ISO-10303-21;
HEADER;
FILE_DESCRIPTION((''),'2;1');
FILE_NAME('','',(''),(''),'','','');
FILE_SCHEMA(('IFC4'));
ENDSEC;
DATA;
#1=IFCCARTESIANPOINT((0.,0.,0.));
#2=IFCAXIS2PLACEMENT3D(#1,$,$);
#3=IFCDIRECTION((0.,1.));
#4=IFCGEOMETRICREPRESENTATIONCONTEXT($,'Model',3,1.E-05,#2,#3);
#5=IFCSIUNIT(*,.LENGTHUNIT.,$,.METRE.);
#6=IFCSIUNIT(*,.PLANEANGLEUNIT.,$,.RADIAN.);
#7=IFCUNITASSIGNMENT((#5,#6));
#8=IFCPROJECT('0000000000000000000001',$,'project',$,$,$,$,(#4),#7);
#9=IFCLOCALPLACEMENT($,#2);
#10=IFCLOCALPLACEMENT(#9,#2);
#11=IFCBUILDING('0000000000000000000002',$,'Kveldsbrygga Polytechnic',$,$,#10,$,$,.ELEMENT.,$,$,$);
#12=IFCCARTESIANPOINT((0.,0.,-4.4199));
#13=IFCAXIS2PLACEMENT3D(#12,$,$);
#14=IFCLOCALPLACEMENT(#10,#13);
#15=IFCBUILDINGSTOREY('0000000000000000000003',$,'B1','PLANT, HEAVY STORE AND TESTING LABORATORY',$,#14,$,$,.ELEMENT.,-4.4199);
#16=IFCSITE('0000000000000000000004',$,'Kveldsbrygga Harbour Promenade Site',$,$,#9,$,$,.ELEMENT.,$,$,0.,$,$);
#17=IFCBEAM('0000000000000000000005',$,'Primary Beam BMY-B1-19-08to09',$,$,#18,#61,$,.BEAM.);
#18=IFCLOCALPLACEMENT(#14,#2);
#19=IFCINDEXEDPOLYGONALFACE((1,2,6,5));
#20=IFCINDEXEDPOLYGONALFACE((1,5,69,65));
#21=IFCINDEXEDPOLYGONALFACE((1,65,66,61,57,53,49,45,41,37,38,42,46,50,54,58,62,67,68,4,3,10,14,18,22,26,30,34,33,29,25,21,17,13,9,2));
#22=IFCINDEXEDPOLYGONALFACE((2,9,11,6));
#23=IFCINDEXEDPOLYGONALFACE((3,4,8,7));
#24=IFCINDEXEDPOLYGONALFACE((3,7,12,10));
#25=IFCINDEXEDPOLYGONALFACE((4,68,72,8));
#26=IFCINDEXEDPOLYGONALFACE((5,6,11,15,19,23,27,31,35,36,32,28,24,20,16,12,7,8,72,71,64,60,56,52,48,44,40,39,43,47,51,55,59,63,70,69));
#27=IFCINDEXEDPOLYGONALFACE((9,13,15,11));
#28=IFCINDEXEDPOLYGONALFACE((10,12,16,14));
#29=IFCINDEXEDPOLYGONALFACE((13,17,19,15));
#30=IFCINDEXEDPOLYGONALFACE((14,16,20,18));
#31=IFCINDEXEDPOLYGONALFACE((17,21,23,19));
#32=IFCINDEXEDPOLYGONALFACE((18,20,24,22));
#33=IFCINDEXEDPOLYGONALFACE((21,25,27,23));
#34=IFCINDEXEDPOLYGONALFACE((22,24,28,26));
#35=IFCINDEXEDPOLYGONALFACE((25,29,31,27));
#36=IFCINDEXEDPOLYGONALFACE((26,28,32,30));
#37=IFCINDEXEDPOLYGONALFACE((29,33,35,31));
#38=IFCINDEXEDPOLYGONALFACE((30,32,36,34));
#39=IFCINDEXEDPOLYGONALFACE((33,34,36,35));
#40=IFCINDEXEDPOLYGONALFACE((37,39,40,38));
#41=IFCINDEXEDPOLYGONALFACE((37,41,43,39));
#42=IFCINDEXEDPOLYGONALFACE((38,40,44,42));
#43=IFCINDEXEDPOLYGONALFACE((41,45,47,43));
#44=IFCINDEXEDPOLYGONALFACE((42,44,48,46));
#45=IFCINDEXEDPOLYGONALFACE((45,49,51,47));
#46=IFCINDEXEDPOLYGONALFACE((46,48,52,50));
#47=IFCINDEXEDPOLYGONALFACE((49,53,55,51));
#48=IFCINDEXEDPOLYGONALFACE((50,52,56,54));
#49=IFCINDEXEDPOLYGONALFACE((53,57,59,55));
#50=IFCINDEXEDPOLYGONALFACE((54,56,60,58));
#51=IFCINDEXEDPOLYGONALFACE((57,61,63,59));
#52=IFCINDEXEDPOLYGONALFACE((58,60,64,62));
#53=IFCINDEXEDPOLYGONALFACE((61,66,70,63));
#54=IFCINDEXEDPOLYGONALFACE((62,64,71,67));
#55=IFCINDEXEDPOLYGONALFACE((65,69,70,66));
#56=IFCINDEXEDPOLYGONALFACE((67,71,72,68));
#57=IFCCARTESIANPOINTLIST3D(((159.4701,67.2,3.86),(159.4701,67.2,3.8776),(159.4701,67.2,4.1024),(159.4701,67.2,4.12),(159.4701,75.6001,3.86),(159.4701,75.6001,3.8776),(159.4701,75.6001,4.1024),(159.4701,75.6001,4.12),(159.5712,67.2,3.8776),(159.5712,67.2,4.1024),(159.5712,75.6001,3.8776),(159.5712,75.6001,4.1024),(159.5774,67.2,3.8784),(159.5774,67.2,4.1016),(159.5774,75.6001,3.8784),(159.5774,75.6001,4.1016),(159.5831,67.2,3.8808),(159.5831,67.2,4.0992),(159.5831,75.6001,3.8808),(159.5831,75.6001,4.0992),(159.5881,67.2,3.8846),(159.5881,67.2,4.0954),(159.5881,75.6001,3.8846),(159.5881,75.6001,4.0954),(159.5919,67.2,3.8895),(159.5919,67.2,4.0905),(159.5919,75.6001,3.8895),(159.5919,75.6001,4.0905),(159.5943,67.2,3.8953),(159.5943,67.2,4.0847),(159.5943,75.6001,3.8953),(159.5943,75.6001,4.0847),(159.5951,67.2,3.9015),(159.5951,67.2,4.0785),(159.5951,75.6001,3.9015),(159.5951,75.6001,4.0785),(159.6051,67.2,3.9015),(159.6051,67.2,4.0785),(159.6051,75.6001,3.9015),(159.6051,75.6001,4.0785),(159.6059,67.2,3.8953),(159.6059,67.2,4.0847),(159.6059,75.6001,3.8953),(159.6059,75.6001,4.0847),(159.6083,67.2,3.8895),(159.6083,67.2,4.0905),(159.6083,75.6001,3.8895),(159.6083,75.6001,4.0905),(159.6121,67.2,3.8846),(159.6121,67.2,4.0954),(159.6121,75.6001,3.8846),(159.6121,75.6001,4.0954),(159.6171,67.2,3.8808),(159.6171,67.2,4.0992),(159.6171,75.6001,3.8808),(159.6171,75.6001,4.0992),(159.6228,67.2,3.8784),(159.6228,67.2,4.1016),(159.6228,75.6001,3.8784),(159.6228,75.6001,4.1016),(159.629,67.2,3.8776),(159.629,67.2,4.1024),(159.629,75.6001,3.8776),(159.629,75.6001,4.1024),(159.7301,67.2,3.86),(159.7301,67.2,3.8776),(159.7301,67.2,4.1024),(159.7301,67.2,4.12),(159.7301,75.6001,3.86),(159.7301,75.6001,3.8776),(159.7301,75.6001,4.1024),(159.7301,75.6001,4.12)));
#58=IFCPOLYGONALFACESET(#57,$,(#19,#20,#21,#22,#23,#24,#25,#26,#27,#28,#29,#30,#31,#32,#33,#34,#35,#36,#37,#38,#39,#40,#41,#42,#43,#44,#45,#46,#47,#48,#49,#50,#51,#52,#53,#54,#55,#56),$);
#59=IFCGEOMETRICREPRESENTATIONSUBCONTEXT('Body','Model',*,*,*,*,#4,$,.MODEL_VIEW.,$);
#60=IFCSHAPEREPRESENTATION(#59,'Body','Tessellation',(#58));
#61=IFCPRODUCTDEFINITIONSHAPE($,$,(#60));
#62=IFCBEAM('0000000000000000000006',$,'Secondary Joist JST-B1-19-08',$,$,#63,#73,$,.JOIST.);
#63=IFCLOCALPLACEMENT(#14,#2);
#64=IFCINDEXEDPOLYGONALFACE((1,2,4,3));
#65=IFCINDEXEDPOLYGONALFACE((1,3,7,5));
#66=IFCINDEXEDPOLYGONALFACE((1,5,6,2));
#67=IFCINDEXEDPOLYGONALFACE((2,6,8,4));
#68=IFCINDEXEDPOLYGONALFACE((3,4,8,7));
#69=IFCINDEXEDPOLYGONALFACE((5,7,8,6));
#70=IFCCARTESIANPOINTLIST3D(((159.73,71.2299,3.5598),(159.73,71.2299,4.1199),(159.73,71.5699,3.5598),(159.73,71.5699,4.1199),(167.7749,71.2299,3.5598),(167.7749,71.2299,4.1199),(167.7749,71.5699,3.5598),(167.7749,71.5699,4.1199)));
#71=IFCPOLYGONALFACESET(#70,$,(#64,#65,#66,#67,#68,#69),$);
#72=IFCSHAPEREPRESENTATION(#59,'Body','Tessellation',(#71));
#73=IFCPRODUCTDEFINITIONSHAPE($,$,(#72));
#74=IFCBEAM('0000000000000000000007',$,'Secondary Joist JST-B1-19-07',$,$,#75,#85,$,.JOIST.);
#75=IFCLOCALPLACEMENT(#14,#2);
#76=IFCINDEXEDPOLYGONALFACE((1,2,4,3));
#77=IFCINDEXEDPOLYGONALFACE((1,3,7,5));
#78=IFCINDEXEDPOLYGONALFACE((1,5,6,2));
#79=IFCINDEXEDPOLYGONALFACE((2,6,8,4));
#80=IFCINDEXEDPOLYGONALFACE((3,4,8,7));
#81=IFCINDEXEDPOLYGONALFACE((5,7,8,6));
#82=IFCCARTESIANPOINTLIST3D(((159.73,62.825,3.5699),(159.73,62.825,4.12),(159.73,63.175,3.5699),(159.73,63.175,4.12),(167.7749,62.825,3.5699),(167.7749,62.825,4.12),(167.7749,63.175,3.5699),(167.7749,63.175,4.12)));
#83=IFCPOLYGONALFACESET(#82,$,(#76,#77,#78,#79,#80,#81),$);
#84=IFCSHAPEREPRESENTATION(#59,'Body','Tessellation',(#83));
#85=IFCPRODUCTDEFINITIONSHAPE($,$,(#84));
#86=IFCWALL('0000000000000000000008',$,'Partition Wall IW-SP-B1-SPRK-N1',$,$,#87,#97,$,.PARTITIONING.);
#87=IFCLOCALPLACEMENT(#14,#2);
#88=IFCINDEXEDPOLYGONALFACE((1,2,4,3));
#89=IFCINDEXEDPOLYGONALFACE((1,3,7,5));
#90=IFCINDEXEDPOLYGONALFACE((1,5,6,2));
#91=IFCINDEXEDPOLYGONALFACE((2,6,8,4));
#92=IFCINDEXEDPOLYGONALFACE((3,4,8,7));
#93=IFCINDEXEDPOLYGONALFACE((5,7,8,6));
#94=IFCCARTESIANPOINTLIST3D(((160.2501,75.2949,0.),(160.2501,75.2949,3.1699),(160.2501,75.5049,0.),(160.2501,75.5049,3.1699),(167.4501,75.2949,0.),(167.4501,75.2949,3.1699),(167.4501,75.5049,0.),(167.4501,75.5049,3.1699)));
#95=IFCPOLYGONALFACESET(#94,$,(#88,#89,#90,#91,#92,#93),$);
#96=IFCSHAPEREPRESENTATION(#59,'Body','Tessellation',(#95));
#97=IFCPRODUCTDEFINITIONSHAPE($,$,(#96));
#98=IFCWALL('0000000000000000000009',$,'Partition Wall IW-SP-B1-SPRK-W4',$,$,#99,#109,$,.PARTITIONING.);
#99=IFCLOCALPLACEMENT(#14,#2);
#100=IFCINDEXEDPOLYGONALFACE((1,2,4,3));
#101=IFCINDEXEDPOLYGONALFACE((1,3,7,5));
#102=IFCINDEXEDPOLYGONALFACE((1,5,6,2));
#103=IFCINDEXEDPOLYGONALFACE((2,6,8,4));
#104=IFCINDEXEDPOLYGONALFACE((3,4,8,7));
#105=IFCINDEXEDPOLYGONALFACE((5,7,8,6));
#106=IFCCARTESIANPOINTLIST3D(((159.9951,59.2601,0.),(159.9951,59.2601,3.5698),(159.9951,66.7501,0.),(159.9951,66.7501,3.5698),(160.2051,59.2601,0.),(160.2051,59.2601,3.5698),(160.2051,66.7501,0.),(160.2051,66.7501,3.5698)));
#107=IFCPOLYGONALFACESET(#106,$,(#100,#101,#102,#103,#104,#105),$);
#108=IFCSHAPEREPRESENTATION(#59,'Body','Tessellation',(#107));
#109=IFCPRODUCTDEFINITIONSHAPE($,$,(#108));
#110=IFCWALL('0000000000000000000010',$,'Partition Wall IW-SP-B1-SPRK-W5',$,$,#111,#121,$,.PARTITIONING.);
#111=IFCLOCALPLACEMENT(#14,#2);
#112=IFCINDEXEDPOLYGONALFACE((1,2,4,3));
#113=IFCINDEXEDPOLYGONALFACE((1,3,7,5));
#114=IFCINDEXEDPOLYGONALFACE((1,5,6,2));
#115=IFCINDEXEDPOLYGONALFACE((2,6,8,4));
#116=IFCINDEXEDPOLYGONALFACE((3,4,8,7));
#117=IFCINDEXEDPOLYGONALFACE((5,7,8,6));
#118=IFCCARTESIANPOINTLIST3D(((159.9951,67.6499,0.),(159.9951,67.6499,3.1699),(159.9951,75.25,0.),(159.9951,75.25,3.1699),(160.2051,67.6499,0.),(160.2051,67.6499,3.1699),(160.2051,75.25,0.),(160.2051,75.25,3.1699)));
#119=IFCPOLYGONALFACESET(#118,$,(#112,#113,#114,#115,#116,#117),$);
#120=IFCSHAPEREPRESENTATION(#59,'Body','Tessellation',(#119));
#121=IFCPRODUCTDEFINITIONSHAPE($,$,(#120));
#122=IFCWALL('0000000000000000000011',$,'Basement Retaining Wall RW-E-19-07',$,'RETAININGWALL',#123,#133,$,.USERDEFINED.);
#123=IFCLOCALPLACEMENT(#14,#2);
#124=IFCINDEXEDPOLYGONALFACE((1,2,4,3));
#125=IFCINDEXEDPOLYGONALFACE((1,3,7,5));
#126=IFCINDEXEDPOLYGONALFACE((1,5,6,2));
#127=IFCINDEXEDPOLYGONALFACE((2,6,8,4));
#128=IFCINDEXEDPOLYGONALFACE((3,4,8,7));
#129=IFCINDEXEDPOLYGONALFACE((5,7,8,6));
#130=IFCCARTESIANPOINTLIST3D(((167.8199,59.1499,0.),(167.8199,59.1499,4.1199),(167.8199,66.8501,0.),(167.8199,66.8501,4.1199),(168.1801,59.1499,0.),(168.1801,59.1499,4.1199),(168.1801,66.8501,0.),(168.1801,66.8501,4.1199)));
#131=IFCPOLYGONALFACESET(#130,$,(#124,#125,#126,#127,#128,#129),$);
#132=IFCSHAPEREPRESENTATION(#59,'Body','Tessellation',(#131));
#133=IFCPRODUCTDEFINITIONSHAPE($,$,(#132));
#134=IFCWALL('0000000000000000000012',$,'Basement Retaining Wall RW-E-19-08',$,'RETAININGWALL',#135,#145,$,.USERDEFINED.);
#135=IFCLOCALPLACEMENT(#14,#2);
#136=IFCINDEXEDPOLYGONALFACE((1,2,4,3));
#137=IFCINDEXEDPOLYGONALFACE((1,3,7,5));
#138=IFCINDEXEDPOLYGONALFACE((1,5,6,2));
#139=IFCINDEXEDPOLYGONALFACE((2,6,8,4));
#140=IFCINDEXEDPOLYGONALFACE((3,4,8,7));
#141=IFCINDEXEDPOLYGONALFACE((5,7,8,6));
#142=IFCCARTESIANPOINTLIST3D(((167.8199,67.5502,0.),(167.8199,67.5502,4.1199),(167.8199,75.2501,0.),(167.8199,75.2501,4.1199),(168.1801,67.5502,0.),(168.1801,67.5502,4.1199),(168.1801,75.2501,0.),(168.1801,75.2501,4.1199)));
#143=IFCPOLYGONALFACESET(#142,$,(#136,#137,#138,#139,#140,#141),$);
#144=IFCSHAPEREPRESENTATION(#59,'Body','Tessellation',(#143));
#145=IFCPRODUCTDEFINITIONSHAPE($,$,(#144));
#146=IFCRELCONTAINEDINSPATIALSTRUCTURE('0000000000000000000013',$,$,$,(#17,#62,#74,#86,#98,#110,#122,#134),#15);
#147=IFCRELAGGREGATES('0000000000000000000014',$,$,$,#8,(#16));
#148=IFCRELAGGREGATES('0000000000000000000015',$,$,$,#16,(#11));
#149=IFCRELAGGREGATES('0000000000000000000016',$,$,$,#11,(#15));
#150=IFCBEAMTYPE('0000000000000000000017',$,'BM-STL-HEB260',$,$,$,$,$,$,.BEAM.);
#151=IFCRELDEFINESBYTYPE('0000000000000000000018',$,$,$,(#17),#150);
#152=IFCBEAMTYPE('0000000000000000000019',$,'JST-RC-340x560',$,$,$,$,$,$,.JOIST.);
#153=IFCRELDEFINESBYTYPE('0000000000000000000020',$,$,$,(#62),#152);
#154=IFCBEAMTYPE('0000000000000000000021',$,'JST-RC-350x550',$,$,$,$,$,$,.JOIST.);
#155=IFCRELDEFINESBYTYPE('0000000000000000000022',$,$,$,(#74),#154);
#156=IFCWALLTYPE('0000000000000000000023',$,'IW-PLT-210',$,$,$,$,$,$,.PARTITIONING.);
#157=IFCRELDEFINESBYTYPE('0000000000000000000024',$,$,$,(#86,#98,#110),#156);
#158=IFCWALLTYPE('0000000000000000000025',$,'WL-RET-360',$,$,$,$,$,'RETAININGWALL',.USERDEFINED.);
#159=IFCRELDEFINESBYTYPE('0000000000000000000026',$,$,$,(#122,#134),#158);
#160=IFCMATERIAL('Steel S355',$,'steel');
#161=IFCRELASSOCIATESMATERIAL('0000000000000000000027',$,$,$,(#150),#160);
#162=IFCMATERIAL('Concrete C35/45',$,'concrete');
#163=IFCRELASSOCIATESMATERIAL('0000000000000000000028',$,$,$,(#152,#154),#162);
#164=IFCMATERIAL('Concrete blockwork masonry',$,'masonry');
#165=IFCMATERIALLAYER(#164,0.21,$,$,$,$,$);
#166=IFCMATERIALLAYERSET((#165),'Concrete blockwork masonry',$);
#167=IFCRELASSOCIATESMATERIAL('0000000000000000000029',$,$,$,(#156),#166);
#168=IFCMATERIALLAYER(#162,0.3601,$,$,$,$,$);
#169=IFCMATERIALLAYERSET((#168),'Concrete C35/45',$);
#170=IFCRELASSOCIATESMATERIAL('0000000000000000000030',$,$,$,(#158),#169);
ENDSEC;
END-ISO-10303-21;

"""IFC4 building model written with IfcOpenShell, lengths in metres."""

from ifc_helpers import new_model, si_unit, direction, frame, frame_2d, origin, origin_2d, place, context, subcontext, project, spatial, rectangle, i_section, extrude, material, layer, layer_set, material_profile, profile_set, type_object, element, save


model = new_model("IFC4")

# Units and contexts
model_context = context("Model", 3, precision=1e-05, world=origin(), true_north=direction((0.0, 1.0)))
body_context = subcontext(model_context, "Body", "Model", "MODEL_VIEW")
ifc_project = project(units=[si_unit("LENGTHUNIT", "METRE"), si_unit("PLANEANGLEUNIT", "RADIAN")], contexts=[model_context])

# Site, building, storey
site_placement = place(None, origin())
site = spatial("IfcSite", under=ifc_project, at=site_placement, Name="Kveldsbrygga Harbour Promenade Site", CompositionType="ELEMENT", RefElevation=0.0)
building_placement = place(site_placement, origin())
building = spatial("IfcBuilding", under=site, at=building_placement, Name="Kveldsbrygga Polytechnic", CompositionType="ELEMENT")
storey_placement = place(building_placement, frame((0.0, 0.0, -4.4199)))
storey = spatial("IfcBuildingStorey", under=building, at=storey_placement, Name="B1", Description="PLANT, HEAVY STORE AND TESTING LABORATORY", CompositionType="ELEMENT", Elevation=-4.4199)

# Beams
ifc_material_1 = material(Name="Concrete C35/45", Category="concrete")
ifc_material_2 = material(Name="Steel S355", Category="steel")
ifc_material_profile_1 = material_profile(ifc_material_2, i_section(OverallWidth=0.26, OverallDepth=0.26, WebThickness=0.01, FlangeThickness=0.0176, FilletRadius=0.0239, at=origin_2d()), Name="HEB 260")
ifc_profile_set_1 = profile_set([ifc_material_profile_1], Name="Steel S355")
beam_type_1 = type_object("IfcBeamType", Name="BM-STL-HEB260", PredefinedType="BEAM", material=ifc_profile_set_1)
beam_1_placement = place(storey_placement, frame((159.6001, 67.2, 3.99), z_axis=(0.0, 1.0, 0.0), x_axis=(-1.0, 0.0, 0.0)))
element("IfcBeam", 1, at=beam_1_placement, inside=storey, type_object=beam_type_1, Name="Primary Beam BMY-B1-19-08to09", PredefinedType="BEAM", context=body_context, shape_type="SweptSolid", body=[
    extrude(i_section(OverallWidth=0.26, OverallDepth=0.26, WebThickness=0.01, FlangeThickness=0.0176, FilletRadius=0.0239, at=origin_2d()), origin(), (0.0, 0.0, 1.0), 8.4001),
])
ifc_material_profile_2 = material_profile(ifc_material_1, rectangle(XDim=0.3401, YDim=0.5601, at=origin_2d()), Name="RC 340x560")
ifc_profile_set_2 = profile_set([ifc_material_profile_2], Name="Concrete C35/45")
beam_type_2 = type_object("IfcBeamType", Name="JST-RC-340x560", PredefinedType="JOIST", material=ifc_profile_set_2)
beam_2_placement = place(storey_placement, frame((159.73, 71.3999, 3.8398), z_axis=(1.0, 0.0, 0.0), x_axis=(0.0, 1.0, 0.0)))
element("IfcBeam", 2, at=beam_2_placement, inside=storey, type_object=beam_type_2, Name="Secondary Joist JST-B1-19-08", PredefinedType="JOIST", context=body_context, shape_type="SweptSolid", body=[
    extrude(rectangle(XDim=0.3401, YDim=0.5601, at=origin_2d()), origin(), (0.0, 0.0, 1.0), 8.0449),
])
ifc_material_profile_3 = material_profile(ifc_material_1, rectangle(XDim=0.3501, YDim=0.55, at=origin_2d()), Name="RC 350x550")
ifc_profile_set_3 = profile_set([ifc_material_profile_3], Name="Concrete C35/45")
beam_type_3 = type_object("IfcBeamType", Name="JST-RC-350x550", PredefinedType="JOIST", material=ifc_profile_set_3)
beam_3_placement = place(storey_placement, frame((159.73, 63.0, 3.845), z_axis=(1.0, 0.0, 0.0), x_axis=(0.0, 1.0, 0.0)))
element("IfcBeam", 3, at=beam_3_placement, inside=storey, type_object=beam_type_3, Name="Secondary Joist JST-B1-19-07", PredefinedType="JOIST", context=body_context, shape_type="SweptSolid", body=[
    extrude(rectangle(XDim=0.3501, YDim=0.55, at=origin_2d()), origin(), (0.0, 0.0, 1.0), 8.0449),
])

# Walls
ifc_material_3 = material(Name="Concrete blockwork masonry", Category="masonry")
ifc_layer_1 = layer(ifc_material_3, 0.21)
ifc_layer_set_1 = layer_set([ifc_layer_1], Name="Concrete blockwork masonry")
wall_type_1 = type_object("IfcWallType", Name="IW-PLT-210", PredefinedType="PARTITIONING", material=ifc_layer_set_1)
wall_1_placement = place(storey_placement, frame((160.25, 75.3999, 0.0), z_axis=(0.0, 0.0, 1.0), x_axis=(1.0, 0.0, 0.0)))
element("IfcWall", 4, at=wall_1_placement, inside=storey, type_object=wall_type_1, Name="Partition Wall IW-SP-B1-SPRK-N1", PredefinedType="PARTITIONING", context=body_context, shape_type="SweptSolid", body=[
    extrude(rectangle(XDim=7.2, YDim=0.21, at=frame_2d((3.6001, 0.0))), origin(), (0.0, 0.0, 1.0), 3.1699),
])
wall_2_placement = place(storey_placement, frame((160.1001, 59.26, 0.0), z_axis=(0.0, 0.0, 1.0), x_axis=(0.0, 1.0, 0.0)))
element("IfcWall", 5, at=wall_2_placement, inside=storey, type_object=wall_type_1, Name="Partition Wall IW-SP-B1-SPRK-W4", PredefinedType="PARTITIONING", context=body_context, shape_type="SweptSolid", body=[
    extrude(rectangle(XDim=7.49, YDim=0.21, at=frame_2d((3.7451, 0.0))), origin(), (0.0, 0.0, 1.0), 3.5698),
])
wall_3_placement = place(storey_placement, frame((160.1001, 67.6499, 0.0), z_axis=(0.0, 0.0, 1.0), x_axis=(0.0, 1.0, 0.0)))
element("IfcWall", 6, at=wall_3_placement, inside=storey, type_object=wall_type_1, Name="Partition Wall IW-SP-B1-SPRK-W5", PredefinedType="PARTITIONING", context=body_context, shape_type="SweptSolid", body=[
    extrude(rectangle(XDim=7.6001, YDim=0.21, at=frame_2d((3.8, 0.0))), origin(), (0.0, 0.0, 1.0), 3.1699),
])
ifc_layer_2 = layer(ifc_material_1, 0.3601)
ifc_layer_set_2 = layer_set([ifc_layer_2], Name="Concrete C35/45")
wall_type_2 = type_object("IfcWallType", Name="WL-RET-360", ElementType="RETAININGWALL", PredefinedType="USERDEFINED", material=ifc_layer_set_2)
wall_4_placement = place(storey_placement, frame((168.0, 59.1499, 0.0), z_axis=(0.0, 0.0, 1.0), x_axis=(0.0, 1.0, 0.0)))
element("IfcWall", 7, at=wall_4_placement, inside=storey, type_object=wall_type_2, Name="Basement Retaining Wall RW-E-19-07", ObjectType="RETAININGWALL", PredefinedType="USERDEFINED", context=body_context, shape_type="SweptSolid", body=[
    extrude(rectangle(XDim=7.7002, YDim=0.3601, at=frame_2d((3.8501, 0.0))), origin(), (0.0, 0.0, 1.0), 4.1199),
])
wall_5_placement = place(storey_placement, frame((168.0, 67.55, 0.0), z_axis=(0.0, 0.0, 1.0), x_axis=(0.0, 1.0, 0.0)))
element("IfcWall", 8, at=wall_5_placement, inside=storey, type_object=wall_type_2, Name="Basement Retaining Wall RW-E-19-08", ObjectType="RETAININGWALL", PredefinedType="USERDEFINED", context=body_context, shape_type="SweptSolid", body=[
    extrude(rectangle(XDim=7.7, YDim=0.3601, at=frame_2d((3.8501, 0.0))), origin(), (0.0, 0.0, 1.0), 4.1199),
])

save(model, "model.ifc")
